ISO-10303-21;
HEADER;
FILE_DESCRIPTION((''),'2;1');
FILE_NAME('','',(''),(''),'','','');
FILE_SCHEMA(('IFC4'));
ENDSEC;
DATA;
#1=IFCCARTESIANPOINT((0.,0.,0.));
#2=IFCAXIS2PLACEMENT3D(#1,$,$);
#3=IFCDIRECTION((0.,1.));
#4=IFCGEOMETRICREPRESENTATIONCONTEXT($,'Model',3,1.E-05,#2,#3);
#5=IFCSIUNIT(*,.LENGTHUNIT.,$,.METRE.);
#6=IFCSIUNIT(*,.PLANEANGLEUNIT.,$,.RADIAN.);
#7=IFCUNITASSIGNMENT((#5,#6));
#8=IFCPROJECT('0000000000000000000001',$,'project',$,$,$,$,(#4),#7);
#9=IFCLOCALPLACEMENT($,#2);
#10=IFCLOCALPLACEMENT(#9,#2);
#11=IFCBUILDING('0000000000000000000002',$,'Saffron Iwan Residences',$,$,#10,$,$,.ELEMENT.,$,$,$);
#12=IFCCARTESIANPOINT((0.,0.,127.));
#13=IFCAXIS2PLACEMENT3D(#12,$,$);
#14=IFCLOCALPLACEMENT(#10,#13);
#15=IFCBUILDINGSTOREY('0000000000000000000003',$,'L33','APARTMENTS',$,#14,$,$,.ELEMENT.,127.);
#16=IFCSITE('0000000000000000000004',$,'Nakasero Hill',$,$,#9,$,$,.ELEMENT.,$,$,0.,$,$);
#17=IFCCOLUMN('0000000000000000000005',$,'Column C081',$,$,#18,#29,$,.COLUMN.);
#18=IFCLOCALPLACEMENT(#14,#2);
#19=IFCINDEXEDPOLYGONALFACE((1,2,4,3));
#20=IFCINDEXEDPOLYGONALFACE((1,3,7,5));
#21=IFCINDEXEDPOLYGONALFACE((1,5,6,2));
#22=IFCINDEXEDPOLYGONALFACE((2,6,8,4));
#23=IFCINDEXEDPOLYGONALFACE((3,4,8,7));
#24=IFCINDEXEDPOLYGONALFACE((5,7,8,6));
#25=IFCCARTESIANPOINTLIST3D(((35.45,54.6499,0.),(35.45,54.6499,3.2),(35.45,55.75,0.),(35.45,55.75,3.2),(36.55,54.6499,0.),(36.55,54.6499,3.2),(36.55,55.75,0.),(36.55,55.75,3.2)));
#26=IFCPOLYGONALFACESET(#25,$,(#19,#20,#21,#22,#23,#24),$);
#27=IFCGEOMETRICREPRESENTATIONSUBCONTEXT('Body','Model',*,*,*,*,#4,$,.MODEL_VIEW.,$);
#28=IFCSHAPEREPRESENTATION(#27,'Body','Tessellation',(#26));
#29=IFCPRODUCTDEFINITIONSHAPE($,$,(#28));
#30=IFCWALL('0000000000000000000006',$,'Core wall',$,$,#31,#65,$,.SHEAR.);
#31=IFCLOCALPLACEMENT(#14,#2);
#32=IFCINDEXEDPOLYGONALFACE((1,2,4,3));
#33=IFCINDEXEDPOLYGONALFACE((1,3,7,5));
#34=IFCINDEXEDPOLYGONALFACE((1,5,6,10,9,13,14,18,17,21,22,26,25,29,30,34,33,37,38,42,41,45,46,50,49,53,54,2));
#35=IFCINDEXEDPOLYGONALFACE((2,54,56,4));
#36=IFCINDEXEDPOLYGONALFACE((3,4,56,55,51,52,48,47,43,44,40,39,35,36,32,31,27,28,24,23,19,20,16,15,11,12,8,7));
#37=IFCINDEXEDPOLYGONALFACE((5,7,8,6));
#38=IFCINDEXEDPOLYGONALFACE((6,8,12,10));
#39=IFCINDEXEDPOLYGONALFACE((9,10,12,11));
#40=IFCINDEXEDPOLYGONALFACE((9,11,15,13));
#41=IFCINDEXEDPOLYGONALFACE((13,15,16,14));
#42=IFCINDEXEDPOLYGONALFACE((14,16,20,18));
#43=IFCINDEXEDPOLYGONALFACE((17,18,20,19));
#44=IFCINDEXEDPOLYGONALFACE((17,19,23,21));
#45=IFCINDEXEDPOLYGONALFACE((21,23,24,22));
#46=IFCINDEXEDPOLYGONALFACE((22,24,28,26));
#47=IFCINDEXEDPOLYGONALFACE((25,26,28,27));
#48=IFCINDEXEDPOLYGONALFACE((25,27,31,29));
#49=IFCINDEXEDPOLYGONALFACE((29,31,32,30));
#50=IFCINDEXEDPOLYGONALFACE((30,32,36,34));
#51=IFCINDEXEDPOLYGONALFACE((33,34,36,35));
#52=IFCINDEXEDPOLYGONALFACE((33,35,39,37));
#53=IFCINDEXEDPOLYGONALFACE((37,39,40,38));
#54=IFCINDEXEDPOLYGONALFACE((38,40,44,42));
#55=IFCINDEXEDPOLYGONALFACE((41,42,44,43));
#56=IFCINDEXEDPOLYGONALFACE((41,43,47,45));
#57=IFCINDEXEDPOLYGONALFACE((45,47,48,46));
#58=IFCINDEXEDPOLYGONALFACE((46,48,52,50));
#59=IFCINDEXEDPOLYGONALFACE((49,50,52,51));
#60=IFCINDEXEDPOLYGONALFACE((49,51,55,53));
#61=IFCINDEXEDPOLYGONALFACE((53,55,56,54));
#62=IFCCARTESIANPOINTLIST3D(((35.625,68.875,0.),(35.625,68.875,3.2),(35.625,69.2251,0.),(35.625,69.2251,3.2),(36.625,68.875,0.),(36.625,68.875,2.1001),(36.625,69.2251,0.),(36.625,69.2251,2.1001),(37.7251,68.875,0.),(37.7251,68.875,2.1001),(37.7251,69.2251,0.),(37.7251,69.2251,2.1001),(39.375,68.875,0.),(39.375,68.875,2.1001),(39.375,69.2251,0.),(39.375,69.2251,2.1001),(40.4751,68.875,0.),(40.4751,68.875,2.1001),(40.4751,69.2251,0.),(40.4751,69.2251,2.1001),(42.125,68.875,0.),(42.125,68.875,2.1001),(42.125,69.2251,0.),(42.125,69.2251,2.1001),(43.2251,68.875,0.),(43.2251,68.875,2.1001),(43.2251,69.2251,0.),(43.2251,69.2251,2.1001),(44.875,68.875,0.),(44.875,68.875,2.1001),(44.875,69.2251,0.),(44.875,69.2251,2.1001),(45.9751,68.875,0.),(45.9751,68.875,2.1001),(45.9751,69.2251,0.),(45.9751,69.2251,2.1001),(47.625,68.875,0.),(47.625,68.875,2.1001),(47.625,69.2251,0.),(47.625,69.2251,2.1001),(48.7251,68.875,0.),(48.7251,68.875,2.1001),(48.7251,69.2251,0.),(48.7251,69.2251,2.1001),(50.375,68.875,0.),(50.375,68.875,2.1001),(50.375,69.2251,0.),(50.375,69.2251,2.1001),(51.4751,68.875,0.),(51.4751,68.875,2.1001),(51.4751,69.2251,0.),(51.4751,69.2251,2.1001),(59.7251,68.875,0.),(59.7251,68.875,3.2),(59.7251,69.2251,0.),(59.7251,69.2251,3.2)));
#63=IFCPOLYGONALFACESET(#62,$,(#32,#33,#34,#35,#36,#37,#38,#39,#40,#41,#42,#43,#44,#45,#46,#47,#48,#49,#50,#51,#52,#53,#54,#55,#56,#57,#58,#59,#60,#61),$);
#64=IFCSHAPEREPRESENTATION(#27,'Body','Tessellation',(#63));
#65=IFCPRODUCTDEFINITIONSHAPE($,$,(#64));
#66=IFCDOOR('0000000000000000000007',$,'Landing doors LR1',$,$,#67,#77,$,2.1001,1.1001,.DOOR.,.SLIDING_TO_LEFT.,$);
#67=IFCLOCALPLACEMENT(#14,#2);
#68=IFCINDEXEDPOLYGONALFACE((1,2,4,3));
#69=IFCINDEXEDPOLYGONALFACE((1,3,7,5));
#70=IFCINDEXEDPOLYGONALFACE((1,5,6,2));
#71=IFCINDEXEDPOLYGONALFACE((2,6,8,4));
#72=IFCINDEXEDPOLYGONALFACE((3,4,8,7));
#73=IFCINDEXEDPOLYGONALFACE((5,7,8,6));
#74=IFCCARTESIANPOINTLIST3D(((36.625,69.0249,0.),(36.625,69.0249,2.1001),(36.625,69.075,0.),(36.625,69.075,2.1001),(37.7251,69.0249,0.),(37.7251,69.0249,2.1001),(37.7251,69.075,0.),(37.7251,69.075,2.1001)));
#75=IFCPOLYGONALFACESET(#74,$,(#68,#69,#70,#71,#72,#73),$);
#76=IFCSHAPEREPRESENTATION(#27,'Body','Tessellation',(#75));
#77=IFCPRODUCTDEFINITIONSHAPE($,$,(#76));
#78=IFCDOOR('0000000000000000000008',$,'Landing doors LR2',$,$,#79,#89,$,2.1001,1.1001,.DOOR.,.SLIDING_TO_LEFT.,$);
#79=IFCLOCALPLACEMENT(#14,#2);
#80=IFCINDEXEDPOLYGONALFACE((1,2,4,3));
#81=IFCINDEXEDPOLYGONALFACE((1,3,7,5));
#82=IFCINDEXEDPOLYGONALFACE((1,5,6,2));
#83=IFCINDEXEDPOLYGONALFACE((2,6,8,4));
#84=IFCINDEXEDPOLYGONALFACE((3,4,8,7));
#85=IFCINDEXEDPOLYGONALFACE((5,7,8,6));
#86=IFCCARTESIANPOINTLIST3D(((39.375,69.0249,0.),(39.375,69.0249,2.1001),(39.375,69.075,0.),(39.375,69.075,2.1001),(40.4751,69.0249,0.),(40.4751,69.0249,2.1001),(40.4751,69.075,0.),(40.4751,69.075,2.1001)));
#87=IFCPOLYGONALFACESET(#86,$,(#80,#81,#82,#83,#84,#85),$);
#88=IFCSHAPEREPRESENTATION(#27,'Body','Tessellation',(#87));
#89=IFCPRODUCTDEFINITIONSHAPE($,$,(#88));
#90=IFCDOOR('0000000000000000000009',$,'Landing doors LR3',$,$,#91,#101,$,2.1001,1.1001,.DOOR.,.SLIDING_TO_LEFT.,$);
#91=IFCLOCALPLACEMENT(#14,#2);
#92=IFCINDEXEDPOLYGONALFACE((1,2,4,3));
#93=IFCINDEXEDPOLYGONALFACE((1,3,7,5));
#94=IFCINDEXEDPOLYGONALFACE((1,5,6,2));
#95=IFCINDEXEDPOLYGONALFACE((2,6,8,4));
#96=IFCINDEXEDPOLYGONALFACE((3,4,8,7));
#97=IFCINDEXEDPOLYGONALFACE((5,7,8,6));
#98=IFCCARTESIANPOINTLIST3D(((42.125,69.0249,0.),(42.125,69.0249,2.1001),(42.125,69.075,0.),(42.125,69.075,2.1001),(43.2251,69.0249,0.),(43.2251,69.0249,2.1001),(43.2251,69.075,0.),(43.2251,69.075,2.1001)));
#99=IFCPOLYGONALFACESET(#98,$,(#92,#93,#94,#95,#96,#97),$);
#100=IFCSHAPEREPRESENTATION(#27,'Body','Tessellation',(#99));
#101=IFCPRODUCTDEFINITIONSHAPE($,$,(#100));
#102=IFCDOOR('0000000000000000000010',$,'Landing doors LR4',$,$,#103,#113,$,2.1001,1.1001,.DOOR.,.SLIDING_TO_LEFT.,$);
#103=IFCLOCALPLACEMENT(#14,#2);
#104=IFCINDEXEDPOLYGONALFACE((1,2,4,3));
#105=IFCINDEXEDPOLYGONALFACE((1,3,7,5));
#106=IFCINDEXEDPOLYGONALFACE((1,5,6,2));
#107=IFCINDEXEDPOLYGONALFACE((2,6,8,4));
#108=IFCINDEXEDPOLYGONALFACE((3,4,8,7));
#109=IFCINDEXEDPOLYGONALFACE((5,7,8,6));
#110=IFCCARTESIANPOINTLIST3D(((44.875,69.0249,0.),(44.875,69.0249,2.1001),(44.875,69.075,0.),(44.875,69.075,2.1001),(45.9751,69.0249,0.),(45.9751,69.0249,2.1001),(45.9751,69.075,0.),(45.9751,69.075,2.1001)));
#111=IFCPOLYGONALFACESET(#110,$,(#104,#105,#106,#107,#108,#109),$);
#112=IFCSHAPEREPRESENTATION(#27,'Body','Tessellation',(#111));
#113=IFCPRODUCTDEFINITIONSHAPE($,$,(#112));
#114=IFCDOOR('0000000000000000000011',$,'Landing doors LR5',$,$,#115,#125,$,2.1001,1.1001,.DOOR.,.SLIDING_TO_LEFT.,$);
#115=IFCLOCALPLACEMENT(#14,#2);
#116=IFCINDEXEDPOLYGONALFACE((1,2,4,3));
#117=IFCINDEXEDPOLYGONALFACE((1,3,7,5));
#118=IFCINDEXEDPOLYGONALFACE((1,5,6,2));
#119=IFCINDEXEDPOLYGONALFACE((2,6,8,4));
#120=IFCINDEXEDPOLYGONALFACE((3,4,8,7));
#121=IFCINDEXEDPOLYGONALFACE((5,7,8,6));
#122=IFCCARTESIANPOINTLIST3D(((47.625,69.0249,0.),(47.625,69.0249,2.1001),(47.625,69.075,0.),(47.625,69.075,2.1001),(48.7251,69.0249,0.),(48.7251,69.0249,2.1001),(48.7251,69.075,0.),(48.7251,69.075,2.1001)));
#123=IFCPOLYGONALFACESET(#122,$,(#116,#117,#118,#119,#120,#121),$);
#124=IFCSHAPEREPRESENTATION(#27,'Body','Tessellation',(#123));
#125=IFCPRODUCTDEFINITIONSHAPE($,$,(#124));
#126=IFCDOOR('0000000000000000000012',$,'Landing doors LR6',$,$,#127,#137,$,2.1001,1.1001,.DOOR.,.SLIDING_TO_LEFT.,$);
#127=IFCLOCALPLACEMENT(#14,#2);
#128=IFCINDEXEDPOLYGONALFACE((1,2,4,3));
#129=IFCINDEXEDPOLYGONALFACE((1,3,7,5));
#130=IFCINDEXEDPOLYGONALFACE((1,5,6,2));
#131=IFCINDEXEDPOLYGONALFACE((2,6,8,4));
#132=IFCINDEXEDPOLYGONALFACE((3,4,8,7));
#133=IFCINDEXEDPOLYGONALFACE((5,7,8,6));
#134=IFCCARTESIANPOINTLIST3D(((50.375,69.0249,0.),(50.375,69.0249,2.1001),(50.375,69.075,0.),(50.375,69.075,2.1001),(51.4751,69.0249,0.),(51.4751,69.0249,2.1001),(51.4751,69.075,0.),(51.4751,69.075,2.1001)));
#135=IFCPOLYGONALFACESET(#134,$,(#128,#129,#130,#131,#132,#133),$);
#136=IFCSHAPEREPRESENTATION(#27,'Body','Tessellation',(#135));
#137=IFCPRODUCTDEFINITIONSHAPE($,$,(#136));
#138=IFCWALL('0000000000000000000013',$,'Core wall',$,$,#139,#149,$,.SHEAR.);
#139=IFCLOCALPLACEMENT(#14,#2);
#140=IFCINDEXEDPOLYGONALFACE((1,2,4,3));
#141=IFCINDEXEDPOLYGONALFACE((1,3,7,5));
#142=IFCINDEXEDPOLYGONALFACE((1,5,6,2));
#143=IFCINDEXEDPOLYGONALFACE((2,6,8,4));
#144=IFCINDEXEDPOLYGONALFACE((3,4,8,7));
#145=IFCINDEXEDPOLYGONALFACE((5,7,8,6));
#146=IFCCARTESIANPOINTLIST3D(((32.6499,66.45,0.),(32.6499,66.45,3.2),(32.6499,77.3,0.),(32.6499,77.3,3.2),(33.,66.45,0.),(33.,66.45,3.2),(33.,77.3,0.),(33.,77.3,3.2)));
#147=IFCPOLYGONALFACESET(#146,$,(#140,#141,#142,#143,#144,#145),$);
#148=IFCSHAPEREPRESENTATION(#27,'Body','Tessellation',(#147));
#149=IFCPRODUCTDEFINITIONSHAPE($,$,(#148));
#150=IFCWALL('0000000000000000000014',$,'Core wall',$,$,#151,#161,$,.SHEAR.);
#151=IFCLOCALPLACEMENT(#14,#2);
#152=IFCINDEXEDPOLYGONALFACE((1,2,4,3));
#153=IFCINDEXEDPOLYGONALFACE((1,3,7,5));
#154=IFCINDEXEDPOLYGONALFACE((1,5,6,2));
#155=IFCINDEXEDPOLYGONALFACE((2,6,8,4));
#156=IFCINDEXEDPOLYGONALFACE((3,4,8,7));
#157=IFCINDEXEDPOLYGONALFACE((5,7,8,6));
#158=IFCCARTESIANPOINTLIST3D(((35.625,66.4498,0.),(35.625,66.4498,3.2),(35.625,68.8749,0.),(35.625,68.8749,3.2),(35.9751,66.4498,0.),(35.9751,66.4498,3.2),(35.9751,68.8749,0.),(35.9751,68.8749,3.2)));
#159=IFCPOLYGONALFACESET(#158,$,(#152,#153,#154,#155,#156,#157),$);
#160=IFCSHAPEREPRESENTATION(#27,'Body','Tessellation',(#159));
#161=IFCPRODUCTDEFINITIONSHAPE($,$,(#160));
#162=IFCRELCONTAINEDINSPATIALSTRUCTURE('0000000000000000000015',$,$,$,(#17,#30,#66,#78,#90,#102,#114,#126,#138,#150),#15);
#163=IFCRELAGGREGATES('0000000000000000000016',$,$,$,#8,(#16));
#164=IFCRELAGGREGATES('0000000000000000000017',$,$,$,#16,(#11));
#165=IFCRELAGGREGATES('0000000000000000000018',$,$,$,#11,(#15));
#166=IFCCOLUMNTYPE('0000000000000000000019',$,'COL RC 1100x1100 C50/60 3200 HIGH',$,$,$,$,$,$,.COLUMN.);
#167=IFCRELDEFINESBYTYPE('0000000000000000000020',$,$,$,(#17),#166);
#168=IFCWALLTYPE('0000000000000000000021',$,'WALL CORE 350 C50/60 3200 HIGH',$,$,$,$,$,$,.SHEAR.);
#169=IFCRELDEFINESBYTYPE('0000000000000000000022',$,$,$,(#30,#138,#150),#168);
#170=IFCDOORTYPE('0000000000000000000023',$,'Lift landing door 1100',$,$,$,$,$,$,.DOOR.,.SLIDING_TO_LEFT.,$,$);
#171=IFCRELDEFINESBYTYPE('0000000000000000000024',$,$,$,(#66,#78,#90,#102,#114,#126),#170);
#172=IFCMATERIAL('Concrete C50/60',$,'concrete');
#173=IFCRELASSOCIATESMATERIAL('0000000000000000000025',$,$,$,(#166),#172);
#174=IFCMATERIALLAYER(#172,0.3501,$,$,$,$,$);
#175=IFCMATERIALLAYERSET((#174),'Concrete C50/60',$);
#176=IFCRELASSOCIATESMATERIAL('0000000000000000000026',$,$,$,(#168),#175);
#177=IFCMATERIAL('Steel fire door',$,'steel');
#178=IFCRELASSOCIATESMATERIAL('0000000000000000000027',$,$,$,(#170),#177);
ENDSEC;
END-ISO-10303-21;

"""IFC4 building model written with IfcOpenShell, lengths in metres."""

from ifc_helpers import new_model, si_unit, direction, frame, frame_2d, origin, origin_2d, place, context, subcontext, project, spatial, rectangle, extrude, source, transform, mapped, material, layer, layer_set, material_profile, profile_set, type_object, element, fill, save


model = new_model("IFC4")

# Units and contexts
model_context = context("Model", 3, precision=1e-05, world=origin(), true_north=direction((0.0, 1.0)))
body_context = subcontext(model_context, "Body", "Model", "MODEL_VIEW")
ifc_project = project(units=[si_unit("LENGTHUNIT", "METRE"), si_unit("PLANEANGLEUNIT", "RADIAN")], contexts=[model_context])

# Site, building, storey
site_placement = place(None, origin())
site = spatial("IfcSite", under=ifc_project, at=site_placement, Name="Nakasero Hill", CompositionType="ELEMENT", RefElevation=0.0)
building_placement = place(site_placement, origin())
building = spatial("IfcBuilding", under=site, at=building_placement, Name="Saffron Iwan Residences", CompositionType="ELEMENT")
storey_placement = place(building_placement, frame((0.0, 0.0, 127.0)))
storey = spatial("IfcBuildingStorey", under=building, at=storey_placement, Name="L33", Description="APARTMENTS", CompositionType="ELEMENT", Elevation=127.0)

# Column
ifc_material_1 = material(Name="Concrete C50/60", Category="concrete")
ifc_material_profile = material_profile(ifc_material_1, rectangle(XDim=1.1001, YDim=1.1001, at=origin_2d()), Name="RC 1100x1100")
ifc_profile_set = profile_set([ifc_material_profile], Name="Concrete C50/60")
column_type = type_object("IfcColumnType", Name="COL RC 1100x1100 C50/60 3200 HIGH", PredefinedType="COLUMN", material=ifc_profile_set)
shared_shape = source(origin(), body_context, "Body", "SweptSolid", [
    extrude(rectangle(XDim=1.1001, YDim=1.1001, at=origin_2d()), origin(), (0.0, 0.0, 1.0), 3.2),
])
column_placement = place(storey_placement, frame((36.0, 55.2, 0.0), z_axis=(0.0, 0.0, 1.0), x_axis=(1.0, 0.0, 0.0)))
element("IfcColumn", 1, at=column_placement, inside=storey, type_object=column_type, Name="Column C081", PredefinedType="COLUMN", context=body_context, shape_type="MappedRepresentation", body=[
    mapped(shared_shape, transform((0.0, 0.0, 0.0))),
])

# Wall, openings, doors
ifc_layer_1 = layer(ifc_material_1, 0.3501)
ifc_layer_set_1 = layer_set([ifc_layer_1], Name="Concrete C50/60")
wall_type = type_object("IfcWallType", Name="WALL CORE 350 C50/60 3200 HIGH", PredefinedType="SHEAR", material=ifc_layer_set_1)
wall_1_placement = place(storey_placement, frame((35.625, 69.05, 0.0), z_axis=(0.0, 0.0, 1.0), x_axis=(1.0, 0.0, 0.0)))
wall_1 = element("IfcWall", 2, at=wall_1_placement, inside=storey, type_object=wall_type, Name="Core wall", PredefinedType="SHEAR", context=body_context, shape_type="SweptSolid", body=[
    extrude(rectangle(XDim=24.1001, YDim=0.3501, at=frame_2d((12.05, 0.0))), origin(), (0.0, 0.0, 1.0), 3.2),
])
opening_1_placement = place(wall_1_placement, frame((1.0, 0.0, 0.0)))
opening_1 = element("IfcOpeningElement", 3, at=opening_1_placement, cuts=wall_1, PredefinedType="OPENING", context=body_context, shape_type="SweptSolid", body=[
    extrude(rectangle(XDim=1.1001, YDim=2.1001, at=frame_2d((0.55, 1.05))), frame((0.0, 0.1851, 0.0), z_axis=(0.0, -1.0, 0.0), x_axis=(1.0, 0.0, 0.0)), (0.0, 0.0, 1.0), 0.3701),
])
opening_2_placement = place(wall_1_placement, frame((3.75, 0.0, 0.0)))
opening_2 = element("IfcOpeningElement", 4, at=opening_2_placement, cuts=wall_1, PredefinedType="OPENING", context=body_context, shape_type="SweptSolid", body=[
    extrude(rectangle(XDim=1.1001, YDim=2.1001, at=frame_2d((0.55, 1.05))), frame((0.0, 0.1851, 0.0), z_axis=(0.0, -1.0, 0.0), x_axis=(1.0, 0.0, 0.0)), (0.0, 0.0, 1.0), 0.3701),
])
opening_3_placement = place(wall_1_placement, frame((6.5, 0.0, 0.0)))
opening_3 = element("IfcOpeningElement", 5, at=opening_3_placement, cuts=wall_1, PredefinedType="OPENING", context=body_context, shape_type="SweptSolid", body=[
    extrude(rectangle(XDim=1.1001, YDim=2.1001, at=frame_2d((0.55, 1.05))), frame((0.0, 0.1851, 0.0), z_axis=(0.0, -1.0, 0.0), x_axis=(1.0, 0.0, 0.0)), (0.0, 0.0, 1.0), 0.3701),
])
opening_4_placement = place(wall_1_placement, frame((9.25, 0.0, 0.0)))
opening_4 = element("IfcOpeningElement", 6, at=opening_4_placement, cuts=wall_1, PredefinedType="OPENING", context=body_context, shape_type="SweptSolid", body=[
    extrude(rectangle(XDim=1.1001, YDim=2.1001, at=frame_2d((0.55, 1.05))), frame((0.0, 0.1851, 0.0), z_axis=(0.0, -1.0, 0.0), x_axis=(1.0, 0.0, 0.0)), (0.0, 0.0, 1.0), 0.3701),
])
opening_5_placement = place(wall_1_placement, frame((12.0, 0.0, 0.0)))
opening_5 = element("IfcOpeningElement", 7, at=opening_5_placement, cuts=wall_1, PredefinedType="OPENING", context=body_context, shape_type="SweptSolid", body=[
    extrude(rectangle(XDim=1.1001, YDim=2.1001, at=frame_2d((0.55, 1.05))), frame((0.0, 0.1851, 0.0), z_axis=(0.0, -1.0, 0.0), x_axis=(1.0, 0.0, 0.0)), (0.0, 0.0, 1.0), 0.3701),
])
opening_6_placement = place(wall_1_placement, frame((14.75, 0.0, 0.0)))
opening_6 = element("IfcOpeningElement", 8, at=opening_6_placement, cuts=wall_1, PredefinedType="OPENING", context=body_context, shape_type="SweptSolid", body=[
    extrude(rectangle(XDim=1.1001, YDim=2.1001, at=frame_2d((0.55, 1.05))), frame((0.0, 0.1851, 0.0), z_axis=(0.0, -1.0, 0.0), x_axis=(1.0, 0.0, 0.0)), (0.0, 0.0, 1.0), 0.3701),
])
ifc_material_2 = material(Name="Steel fire door", Category="steel")
door_type = type_object("IfcDoorType", Name="Lift landing door 1100", OperationType="SLIDING_TO_LEFT", PredefinedType="DOOR", material=ifc_material_2)
door_1_placement = place(opening_1_placement, origin())
door_1 = element("IfcDoor", 9, at=door_1_placement, inside=storey, type_object=door_type, Name="Landing doors LR1", OperationType="SLIDING_TO_LEFT", OverallHeight=2.1001, OverallWidth=1.1001, PredefinedType="DOOR", context=body_context, shape_type="SweptSolid", body=[
    extrude(rectangle(XDim=1.1001, YDim=2.1001, at=frame_2d((0.55, 1.05))), frame((0.0, 0.0249, 0.0), z_axis=(0.0, -1.0, 0.0), x_axis=(1.0, 0.0, 0.0)), (0.0, 0.0, 1.0), 0.05),
])
fill(opening_1, door_1)
door_2_placement = place(opening_2_placement, origin())
door_2 = element("IfcDoor", 10, at=door_2_placement, inside=storey, type_object=door_type, Name="Landing doors LR2", OperationType="SLIDING_TO_LEFT", OverallHeight=2.1001, OverallWidth=1.1001, PredefinedType="DOOR", context=body_context, shape_type="SweptSolid", body=[
    extrude(rectangle(XDim=1.1001, YDim=2.1001, at=frame_2d((0.55, 1.05))), frame((0.0, 0.0249, 0.0), z_axis=(0.0, -1.0, 0.0), x_axis=(1.0, 0.0, 0.0)), (0.0, 0.0, 1.0), 0.05),
])
fill(opening_2, door_2)
door_3_placement = place(opening_3_placement, origin())
door_3 = element("IfcDoor", 11, at=door_3_placement, inside=storey, type_object=door_type, Name="Landing doors LR3", OperationType="SLIDING_TO_LEFT", OverallHeight=2.1001, OverallWidth=1.1001, PredefinedType="DOOR", context=body_context, shape_type="SweptSolid", body=[
    extrude(rectangle(XDim=1.1001, YDim=2.1001, at=frame_2d((0.55, 1.05))), frame((0.0, 0.0249, 0.0), z_axis=(0.0, -1.0, 0.0), x_axis=(1.0, 0.0, 0.0)), (0.0, 0.0, 1.0), 0.05),
])
fill(opening_3, door_3)
door_4_placement = place(opening_4_placement, origin())
door_4 = element("IfcDoor", 12, at=door_4_placement, inside=storey, type_object=door_type, Name="Landing doors LR4", OperationType="SLIDING_TO_LEFT", OverallHeight=2.1001, OverallWidth=1.1001, PredefinedType="DOOR", context=body_context, shape_type="SweptSolid", body=[
    extrude(rectangle(XDim=1.1001, YDim=2.1001, at=frame_2d((0.55, 1.05))), frame((0.0, 0.0249, 0.0), z_axis=(0.0, -1.0, 0.0), x_axis=(1.0, 0.0, 0.0)), (0.0, 0.0, 1.0), 0.05),
])
fill(opening_4, door_4)
door_5_placement = place(opening_5_placement, origin())
door_5 = element("IfcDoor", 13, at=door_5_placement, inside=storey, type_object=door_type, Name="Landing doors LR5", OperationType="SLIDING_TO_LEFT", OverallHeight=2.1001, OverallWidth=1.1001, PredefinedType="DOOR", context=body_context, shape_type="SweptSolid", body=[
    extrude(rectangle(XDim=1.1001, YDim=2.1001, at=frame_2d((0.55, 1.05))), frame((0.0, 0.0249, 0.0), z_axis=(0.0, -1.0, 0.0), x_axis=(1.0, 0.0, 0.0)), (0.0, 0.0, 1.0), 0.05),
])
fill(opening_5, door_5)
door_6_placement = place(opening_6_placement, origin())
door_6 = element("IfcDoor", 14, at=door_6_placement, inside=storey, type_object=door_type, Name="Landing doors LR6", OperationType="SLIDING_TO_LEFT", OverallHeight=2.1001, OverallWidth=1.1001, PredefinedType="DOOR", context=body_context, shape_type="SweptSolid", body=[
    extrude(rectangle(XDim=1.1001, YDim=2.1001, at=frame_2d((0.55, 1.05))), frame((0.0, 0.0249, 0.0), z_axis=(0.0, -1.0, 0.0), x_axis=(1.0, 0.0, 0.0)), (0.0, 0.0, 1.0), 0.05),
])
fill(opening_6, door_6)

# Walls
wall_2_placement = place(storey_placement, frame((32.825, 66.45, 0.0), z_axis=(0.0, 0.0, 1.0), x_axis=(0.0, 1.0, 0.0)))
element("IfcWall", 15, at=wall_2_placement, inside=storey, type_object=wall_type, Name="Core wall", PredefinedType="SHEAR", context=body_context, shape_type="SweptSolid", body=[
    extrude(rectangle(XDim=10.8501, YDim=0.3501, at=frame_2d((5.425, 0.0))), origin(), (0.0, 0.0, 1.0), 3.2),
])
for number, where, z_axis, x_axis, name in (
    (16, (35.8, 66.45, 0.0), (0.0, 0.0, 1.0), (0.0, 1.0, 0.0), "Core wall"),
):
    element("IfcWall", number, at=place(storey_placement, frame(where, z_axis=z_axis, x_axis=x_axis)), inside=storey, type_object=wall_type, Name=name, PredefinedType="SHEAR", context=body_context, shape_type="SweptSolid", body=[
        extrude(rectangle(XDim=2.425, YDim=0.3501, at=frame_2d((1.2124, 0.0))), origin(), (0.0, 0.0, 1.0), 3.2),
    ])

save(model, "model.ifc")
